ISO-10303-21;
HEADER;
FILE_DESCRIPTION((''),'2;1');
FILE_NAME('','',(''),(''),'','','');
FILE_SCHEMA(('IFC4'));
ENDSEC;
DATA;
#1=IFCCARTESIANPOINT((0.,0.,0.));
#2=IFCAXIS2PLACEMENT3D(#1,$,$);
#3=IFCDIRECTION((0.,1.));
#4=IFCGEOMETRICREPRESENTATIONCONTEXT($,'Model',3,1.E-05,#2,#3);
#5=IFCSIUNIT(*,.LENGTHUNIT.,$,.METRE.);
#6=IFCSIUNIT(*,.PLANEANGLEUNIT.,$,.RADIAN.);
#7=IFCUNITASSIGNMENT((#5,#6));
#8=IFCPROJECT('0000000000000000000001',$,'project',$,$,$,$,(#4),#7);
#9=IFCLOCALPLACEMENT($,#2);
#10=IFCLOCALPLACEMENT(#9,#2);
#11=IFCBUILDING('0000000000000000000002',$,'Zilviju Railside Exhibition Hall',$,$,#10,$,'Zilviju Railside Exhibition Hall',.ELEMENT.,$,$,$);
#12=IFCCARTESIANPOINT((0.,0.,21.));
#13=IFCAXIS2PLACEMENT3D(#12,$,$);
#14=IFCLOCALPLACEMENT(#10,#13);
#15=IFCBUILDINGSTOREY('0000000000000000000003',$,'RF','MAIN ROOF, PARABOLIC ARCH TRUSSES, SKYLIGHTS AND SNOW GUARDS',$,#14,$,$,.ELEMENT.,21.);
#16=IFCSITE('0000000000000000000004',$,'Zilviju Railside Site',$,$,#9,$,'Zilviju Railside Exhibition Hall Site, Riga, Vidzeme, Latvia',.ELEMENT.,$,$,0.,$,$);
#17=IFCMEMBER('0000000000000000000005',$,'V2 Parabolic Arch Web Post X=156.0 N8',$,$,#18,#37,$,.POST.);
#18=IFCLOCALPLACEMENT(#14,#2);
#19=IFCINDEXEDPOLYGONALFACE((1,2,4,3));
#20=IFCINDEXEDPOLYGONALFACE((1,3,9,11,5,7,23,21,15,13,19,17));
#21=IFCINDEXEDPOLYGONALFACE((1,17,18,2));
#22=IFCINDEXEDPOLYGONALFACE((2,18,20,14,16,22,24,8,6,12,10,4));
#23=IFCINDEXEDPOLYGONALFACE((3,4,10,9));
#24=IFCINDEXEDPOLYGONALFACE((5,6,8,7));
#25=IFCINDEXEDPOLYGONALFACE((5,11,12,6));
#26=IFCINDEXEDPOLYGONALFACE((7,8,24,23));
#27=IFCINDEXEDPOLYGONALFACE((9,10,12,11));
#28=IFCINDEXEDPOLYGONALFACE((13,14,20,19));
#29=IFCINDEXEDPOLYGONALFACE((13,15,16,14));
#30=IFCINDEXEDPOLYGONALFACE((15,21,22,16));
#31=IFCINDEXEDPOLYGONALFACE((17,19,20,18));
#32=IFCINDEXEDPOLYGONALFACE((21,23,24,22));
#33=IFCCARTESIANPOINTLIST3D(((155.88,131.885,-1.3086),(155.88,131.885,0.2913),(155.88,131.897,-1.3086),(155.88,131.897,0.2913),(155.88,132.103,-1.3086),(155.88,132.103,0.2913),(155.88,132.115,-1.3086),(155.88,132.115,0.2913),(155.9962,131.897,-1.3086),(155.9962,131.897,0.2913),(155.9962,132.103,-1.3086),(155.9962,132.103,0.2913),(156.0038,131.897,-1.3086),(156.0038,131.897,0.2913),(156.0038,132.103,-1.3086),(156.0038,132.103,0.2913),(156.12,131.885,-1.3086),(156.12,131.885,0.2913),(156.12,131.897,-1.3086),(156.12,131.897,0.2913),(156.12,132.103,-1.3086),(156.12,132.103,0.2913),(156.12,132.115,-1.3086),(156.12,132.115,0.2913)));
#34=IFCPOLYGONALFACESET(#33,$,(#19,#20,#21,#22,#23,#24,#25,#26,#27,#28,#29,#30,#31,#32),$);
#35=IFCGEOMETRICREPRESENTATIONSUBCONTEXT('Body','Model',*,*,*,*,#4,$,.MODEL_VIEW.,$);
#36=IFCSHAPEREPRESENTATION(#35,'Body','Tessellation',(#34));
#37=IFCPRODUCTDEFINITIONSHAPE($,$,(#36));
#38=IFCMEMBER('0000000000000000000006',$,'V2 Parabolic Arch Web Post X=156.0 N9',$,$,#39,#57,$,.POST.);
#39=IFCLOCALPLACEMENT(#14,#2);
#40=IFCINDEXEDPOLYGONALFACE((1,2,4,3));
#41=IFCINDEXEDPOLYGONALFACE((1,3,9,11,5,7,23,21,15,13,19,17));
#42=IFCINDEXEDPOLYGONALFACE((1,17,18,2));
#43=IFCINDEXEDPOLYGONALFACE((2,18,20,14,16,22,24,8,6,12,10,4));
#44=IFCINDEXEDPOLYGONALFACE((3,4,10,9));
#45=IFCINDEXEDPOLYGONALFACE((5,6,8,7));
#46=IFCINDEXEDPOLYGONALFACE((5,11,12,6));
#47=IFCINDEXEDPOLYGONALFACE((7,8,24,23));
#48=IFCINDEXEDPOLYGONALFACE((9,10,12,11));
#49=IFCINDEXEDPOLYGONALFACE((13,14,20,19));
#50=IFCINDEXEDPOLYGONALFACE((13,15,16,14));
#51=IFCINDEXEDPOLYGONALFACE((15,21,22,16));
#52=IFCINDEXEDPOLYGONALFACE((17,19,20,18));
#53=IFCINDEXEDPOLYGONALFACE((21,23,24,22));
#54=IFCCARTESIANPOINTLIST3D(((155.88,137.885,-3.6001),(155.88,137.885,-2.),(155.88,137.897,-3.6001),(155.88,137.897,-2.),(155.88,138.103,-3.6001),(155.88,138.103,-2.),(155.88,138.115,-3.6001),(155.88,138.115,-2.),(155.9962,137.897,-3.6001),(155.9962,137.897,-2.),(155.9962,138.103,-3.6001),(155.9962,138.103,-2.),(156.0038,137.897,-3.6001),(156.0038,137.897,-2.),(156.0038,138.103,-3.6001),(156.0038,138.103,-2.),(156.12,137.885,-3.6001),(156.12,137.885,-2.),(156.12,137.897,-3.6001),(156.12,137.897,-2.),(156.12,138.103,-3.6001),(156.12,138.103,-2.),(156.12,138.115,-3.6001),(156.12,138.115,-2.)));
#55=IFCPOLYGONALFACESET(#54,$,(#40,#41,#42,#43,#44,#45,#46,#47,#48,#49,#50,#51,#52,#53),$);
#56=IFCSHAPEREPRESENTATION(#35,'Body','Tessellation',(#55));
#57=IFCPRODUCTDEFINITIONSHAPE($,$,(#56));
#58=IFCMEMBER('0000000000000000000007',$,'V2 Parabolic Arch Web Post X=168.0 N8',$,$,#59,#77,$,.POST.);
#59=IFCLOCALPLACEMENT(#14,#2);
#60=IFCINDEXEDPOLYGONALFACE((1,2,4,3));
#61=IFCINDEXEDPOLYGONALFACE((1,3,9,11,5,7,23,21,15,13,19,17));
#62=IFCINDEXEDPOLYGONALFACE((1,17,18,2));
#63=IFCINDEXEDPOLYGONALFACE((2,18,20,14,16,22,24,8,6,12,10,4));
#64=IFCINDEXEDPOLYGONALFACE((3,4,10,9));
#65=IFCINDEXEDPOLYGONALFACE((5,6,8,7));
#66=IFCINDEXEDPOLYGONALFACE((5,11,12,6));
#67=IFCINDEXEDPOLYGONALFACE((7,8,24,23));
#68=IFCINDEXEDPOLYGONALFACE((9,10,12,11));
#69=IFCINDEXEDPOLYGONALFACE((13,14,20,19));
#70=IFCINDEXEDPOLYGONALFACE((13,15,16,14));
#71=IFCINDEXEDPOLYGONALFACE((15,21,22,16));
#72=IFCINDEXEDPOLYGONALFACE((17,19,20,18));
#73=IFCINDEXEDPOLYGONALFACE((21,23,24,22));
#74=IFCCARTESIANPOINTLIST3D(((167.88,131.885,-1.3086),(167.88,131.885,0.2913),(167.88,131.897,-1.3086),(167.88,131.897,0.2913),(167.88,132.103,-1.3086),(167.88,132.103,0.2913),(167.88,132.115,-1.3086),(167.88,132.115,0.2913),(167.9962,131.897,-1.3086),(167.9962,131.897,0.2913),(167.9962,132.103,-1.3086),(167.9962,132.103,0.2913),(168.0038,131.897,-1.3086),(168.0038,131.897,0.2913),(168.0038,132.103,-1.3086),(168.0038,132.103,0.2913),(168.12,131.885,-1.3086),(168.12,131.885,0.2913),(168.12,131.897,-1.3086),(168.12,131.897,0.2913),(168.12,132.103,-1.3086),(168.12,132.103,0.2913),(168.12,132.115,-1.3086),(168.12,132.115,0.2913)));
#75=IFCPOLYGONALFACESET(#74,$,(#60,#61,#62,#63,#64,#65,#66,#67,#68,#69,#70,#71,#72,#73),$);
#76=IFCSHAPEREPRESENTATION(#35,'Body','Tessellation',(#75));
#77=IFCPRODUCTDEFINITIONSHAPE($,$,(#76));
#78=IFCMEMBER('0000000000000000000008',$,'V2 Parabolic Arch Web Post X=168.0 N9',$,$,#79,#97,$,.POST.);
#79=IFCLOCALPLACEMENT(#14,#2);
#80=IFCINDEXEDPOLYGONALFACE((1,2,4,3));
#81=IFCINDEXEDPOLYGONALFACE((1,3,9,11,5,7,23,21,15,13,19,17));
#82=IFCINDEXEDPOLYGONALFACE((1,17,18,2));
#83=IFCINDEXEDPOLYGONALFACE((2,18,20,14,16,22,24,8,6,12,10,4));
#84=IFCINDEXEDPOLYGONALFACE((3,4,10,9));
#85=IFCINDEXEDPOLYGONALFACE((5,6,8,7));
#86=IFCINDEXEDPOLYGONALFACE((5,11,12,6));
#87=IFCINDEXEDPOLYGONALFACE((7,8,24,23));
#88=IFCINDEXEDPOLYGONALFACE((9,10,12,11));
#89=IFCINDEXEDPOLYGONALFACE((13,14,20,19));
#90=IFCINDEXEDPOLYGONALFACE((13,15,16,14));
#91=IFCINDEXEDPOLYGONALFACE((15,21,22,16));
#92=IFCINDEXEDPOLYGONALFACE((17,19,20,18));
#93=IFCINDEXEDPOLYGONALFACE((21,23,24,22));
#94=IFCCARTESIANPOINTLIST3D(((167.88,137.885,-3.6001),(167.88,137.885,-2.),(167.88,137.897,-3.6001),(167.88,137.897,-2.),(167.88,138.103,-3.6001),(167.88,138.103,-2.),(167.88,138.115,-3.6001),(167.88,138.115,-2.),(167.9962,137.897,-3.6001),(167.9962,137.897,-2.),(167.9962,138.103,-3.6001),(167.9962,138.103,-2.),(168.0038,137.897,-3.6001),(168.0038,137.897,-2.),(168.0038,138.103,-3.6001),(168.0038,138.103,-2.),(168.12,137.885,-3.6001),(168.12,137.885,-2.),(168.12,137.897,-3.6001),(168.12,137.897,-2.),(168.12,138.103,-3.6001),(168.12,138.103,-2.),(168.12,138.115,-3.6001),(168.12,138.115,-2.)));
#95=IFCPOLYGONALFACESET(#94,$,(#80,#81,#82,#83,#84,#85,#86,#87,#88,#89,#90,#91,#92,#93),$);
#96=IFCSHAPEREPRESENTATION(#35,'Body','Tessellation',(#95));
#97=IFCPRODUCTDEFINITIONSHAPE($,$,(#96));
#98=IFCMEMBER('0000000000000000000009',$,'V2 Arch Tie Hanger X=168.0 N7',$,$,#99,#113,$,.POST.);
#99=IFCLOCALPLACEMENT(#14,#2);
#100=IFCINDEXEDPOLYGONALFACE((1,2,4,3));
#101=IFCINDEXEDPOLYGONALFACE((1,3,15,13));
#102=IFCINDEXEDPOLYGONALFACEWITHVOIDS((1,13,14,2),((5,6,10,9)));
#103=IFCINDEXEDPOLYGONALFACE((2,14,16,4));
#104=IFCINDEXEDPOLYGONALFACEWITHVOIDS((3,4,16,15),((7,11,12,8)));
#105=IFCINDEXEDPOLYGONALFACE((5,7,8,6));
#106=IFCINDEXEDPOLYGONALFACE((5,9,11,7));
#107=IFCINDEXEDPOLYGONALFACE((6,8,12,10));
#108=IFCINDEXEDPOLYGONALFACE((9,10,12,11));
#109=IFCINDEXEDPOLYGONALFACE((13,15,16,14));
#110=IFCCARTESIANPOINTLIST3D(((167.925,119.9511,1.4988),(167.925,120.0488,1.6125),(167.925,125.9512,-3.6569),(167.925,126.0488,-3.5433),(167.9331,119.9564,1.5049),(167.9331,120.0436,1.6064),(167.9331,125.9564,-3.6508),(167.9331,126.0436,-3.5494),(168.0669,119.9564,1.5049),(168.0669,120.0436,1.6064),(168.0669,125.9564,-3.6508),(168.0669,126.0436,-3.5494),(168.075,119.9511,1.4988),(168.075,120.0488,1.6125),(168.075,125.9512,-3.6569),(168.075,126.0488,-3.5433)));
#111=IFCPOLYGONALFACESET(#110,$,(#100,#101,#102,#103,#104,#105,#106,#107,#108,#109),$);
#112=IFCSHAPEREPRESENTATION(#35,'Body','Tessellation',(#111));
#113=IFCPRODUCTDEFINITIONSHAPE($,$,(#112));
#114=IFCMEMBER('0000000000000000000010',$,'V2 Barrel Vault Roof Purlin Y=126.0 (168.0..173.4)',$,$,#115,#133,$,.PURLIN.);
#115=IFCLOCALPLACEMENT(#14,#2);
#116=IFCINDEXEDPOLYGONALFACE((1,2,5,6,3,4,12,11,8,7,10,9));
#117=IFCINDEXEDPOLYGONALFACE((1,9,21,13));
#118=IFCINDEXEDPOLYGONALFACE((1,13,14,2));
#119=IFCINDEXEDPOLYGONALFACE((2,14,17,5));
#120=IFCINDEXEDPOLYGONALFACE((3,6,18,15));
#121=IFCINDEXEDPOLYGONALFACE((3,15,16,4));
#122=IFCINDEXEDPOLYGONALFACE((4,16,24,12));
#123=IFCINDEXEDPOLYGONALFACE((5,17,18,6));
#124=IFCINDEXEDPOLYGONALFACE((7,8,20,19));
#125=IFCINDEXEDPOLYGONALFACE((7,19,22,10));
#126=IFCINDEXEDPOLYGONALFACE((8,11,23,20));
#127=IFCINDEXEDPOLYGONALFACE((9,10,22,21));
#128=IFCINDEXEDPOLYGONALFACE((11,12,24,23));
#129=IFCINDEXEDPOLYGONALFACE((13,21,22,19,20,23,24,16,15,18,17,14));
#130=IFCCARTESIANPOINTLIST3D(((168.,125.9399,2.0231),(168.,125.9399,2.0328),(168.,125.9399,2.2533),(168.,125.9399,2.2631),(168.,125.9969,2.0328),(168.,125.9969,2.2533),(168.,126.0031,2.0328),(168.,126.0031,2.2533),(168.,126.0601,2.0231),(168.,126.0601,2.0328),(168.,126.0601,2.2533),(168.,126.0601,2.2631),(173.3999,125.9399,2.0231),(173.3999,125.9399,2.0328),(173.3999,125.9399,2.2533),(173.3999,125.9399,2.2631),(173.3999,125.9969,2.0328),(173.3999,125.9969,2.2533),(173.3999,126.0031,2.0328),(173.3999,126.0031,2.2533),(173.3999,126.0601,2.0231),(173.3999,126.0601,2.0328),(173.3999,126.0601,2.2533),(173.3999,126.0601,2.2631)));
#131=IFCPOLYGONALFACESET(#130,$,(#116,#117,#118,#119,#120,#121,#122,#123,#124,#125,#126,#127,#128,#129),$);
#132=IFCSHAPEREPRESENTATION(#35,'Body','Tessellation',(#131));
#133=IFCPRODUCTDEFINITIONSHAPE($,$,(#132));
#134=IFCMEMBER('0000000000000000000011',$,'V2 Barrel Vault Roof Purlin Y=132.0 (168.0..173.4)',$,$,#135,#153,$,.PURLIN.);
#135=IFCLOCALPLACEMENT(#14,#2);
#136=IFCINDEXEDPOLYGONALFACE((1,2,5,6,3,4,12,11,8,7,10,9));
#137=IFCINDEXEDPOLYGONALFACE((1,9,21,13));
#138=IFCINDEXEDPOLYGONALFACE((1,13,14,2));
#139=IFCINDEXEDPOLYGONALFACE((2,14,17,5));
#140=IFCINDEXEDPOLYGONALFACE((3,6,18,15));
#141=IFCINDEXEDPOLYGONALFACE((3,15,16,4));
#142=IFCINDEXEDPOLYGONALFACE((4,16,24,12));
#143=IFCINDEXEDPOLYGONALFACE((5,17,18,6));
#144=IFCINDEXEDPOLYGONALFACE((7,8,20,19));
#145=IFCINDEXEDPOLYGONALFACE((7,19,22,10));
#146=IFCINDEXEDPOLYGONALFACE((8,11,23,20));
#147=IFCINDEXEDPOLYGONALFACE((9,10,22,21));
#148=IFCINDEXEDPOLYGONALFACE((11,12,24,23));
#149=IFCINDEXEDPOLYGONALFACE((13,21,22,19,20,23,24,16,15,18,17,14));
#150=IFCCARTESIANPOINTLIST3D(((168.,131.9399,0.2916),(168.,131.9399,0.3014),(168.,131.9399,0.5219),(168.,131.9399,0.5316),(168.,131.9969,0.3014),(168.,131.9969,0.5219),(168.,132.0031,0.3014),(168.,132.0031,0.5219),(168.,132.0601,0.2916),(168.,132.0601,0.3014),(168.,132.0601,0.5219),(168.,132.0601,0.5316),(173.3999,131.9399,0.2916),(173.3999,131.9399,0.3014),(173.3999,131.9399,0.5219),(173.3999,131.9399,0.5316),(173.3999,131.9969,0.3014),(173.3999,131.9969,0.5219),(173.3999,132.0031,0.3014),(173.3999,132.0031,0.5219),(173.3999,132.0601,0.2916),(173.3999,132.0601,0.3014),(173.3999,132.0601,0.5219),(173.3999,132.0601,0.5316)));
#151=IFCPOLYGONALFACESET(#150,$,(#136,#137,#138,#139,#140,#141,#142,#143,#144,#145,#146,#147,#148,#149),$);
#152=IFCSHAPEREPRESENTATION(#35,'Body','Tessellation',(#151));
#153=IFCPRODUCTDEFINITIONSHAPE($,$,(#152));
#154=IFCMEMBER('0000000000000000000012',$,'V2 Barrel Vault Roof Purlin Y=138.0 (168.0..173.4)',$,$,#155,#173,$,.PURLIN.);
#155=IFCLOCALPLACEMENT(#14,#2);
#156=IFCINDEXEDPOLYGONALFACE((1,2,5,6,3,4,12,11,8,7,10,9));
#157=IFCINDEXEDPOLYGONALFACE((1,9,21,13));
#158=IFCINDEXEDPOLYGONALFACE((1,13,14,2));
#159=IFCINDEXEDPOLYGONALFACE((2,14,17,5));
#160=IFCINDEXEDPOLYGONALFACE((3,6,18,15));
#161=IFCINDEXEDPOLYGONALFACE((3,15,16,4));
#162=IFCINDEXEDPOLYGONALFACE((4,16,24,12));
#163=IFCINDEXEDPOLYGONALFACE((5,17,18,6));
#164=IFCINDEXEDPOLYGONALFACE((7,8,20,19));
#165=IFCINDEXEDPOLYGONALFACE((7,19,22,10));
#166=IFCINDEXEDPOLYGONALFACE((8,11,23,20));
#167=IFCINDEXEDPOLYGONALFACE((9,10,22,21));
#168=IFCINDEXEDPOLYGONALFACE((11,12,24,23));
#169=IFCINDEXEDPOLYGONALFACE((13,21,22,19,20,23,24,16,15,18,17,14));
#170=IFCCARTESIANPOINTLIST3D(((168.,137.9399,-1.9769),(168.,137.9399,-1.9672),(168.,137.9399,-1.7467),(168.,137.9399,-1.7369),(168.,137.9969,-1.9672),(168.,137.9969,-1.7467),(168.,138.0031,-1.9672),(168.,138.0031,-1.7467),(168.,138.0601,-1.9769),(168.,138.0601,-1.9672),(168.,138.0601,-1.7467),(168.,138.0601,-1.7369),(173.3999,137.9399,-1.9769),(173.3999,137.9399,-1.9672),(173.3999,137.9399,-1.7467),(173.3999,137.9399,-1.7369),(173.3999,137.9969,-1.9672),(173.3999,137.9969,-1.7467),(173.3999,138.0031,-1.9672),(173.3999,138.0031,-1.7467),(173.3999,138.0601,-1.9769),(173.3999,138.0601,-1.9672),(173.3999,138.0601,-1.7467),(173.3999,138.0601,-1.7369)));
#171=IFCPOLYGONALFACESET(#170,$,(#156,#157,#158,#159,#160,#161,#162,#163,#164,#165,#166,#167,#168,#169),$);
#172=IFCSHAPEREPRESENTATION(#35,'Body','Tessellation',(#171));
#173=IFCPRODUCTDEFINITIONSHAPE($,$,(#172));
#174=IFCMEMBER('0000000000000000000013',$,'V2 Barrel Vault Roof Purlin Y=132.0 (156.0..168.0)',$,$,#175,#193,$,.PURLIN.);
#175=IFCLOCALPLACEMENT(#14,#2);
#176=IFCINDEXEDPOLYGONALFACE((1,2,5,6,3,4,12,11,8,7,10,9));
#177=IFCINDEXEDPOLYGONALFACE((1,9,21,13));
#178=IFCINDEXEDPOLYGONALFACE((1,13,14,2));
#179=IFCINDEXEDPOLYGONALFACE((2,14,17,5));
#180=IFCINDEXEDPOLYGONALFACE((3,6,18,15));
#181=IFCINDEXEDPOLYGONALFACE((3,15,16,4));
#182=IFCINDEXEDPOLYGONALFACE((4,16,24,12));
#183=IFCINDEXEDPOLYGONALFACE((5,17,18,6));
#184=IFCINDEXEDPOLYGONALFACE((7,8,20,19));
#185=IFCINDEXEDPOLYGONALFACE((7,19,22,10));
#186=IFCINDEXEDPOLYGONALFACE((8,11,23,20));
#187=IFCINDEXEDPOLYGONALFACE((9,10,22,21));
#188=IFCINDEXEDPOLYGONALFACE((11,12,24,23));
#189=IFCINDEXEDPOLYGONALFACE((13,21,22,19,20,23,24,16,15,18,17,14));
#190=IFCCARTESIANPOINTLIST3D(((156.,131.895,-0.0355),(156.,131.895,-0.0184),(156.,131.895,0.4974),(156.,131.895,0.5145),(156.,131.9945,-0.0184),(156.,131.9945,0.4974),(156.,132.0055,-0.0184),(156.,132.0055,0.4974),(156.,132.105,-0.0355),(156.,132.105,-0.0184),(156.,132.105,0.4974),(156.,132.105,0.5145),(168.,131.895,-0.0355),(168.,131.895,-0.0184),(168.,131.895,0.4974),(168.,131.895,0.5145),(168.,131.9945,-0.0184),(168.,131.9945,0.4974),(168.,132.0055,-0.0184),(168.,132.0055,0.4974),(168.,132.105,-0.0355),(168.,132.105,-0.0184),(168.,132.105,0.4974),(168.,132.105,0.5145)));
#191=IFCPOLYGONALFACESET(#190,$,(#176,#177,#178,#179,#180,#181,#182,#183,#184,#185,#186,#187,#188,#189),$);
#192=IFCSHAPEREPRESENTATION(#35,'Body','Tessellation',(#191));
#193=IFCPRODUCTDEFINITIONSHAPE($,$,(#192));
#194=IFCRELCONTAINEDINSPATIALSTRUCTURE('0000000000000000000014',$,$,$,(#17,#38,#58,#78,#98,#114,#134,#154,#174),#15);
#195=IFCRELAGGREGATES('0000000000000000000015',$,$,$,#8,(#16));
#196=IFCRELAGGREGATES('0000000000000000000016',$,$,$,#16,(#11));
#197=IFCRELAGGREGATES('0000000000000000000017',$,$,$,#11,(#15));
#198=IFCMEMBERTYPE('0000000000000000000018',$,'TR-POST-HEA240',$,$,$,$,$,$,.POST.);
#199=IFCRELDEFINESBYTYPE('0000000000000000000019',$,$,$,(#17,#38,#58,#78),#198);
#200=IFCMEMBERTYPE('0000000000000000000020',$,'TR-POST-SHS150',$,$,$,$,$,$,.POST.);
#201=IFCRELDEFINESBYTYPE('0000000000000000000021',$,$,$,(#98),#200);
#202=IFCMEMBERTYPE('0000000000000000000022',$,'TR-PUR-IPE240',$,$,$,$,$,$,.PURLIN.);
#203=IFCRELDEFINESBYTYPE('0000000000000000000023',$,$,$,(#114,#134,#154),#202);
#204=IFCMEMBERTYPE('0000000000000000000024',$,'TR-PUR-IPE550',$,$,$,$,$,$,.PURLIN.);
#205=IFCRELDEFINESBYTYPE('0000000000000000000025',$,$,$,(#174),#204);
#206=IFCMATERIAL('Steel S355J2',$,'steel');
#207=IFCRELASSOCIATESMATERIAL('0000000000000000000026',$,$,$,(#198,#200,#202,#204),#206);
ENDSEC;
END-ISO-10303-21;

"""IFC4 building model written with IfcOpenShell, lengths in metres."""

from ifc_helpers import new_model, si_unit, direction, frame, origin, origin_2d, place, context, subcontext, project, spatial, hollow_rectangle, i_section, extrude, material, material_profile, profile_set, type_object, element, save


model = new_model("IFC4")

# Units and contexts
model_context = context("Model", 3, precision=1e-05, world=origin(), true_north=direction((0.0, 1.0)))
body_context = subcontext(model_context, "Body", "Model", "MODEL_VIEW")
ifc_project = project(units=[si_unit("LENGTHUNIT", "METRE"), si_unit("PLANEANGLEUNIT", "RADIAN")], contexts=[model_context])

# Site, building, storey
site_placement = place(None, origin())
site = spatial("IfcSite", under=ifc_project, at=site_placement, Name="Zilviju Railside Site", LongName="Zilviju Railside Exhibition Hall Site, Riga, Vidzeme, Latvia", CompositionType="ELEMENT", RefElevation=0.0)
building_placement = place(site_placement, origin())
building = spatial("IfcBuilding", under=site, at=building_placement, Name="Zilviju Railside Exhibition Hall", LongName="Zilviju Railside Exhibition Hall", CompositionType="ELEMENT")
storey_placement = place(building_placement, frame((0.0, 0.0, 21.0)))
storey = spatial("IfcBuildingStorey", under=building, at=storey_placement, Name="RF", Description="MAIN ROOF, PARABOLIC ARCH TRUSSES, SKYLIGHTS AND SNOW GUARDS", CompositionType="ELEMENT", Elevation=21.0)

# Shared definitions
ifc_material_1 = material(Name="Steel S355J2", Category="steel")

# Members
ifc_material_profile_1 = material_profile(ifc_material_1, i_section(OverallWidth=0.24, OverallDepth=0.23, WebThickness=0.0076, FlangeThickness=0.012, at=origin_2d()), Name="HEA 240")
ifc_profile_set_1 = profile_set([ifc_material_profile_1], Name="Steel S355J2")
member_type_1 = type_object("IfcMemberType", Name="TR-POST-HEA240", PredefinedType="POST", material=ifc_profile_set_1)
member_1_placement = place(storey_placement, frame((156.0, 132.0, -1.3086), z_axis=(0.0, 0.0, 1.0), x_axis=(1.0, 0.0, 0.0)))
element("IfcMember", 1, at=member_1_placement, inside=storey, type_object=member_type_1, Name="V2 Parabolic Arch Web Post X=156.0 N8", PredefinedType="POST", context=body_context, shape_type="SweptSolid", body=[
    extrude(i_section(OverallWidth=0.24, OverallDepth=0.23, WebThickness=0.0076, FlangeThickness=0.012, at=origin_2d()), origin(), (0.0, 0.0, 1.0), 1.5999),
])
member_2_placement = place(storey_placement, frame((156.0, 138.0, -3.6001), z_axis=(0.0, 0.0, 1.0), x_axis=(1.0, 0.0, 0.0)))
element("IfcMember", 2, at=member_2_placement, inside=storey, type_object=member_type_1, Name="V2 Parabolic Arch Web Post X=156.0 N9", PredefinedType="POST", context=body_context, shape_type="SweptSolid", body=[
    extrude(i_section(OverallWidth=0.24, OverallDepth=0.23, WebThickness=0.0076, FlangeThickness=0.012, at=origin_2d()), origin(), (0.0, 0.0, 1.0), 1.6001),
])
member_3_placement = place(storey_placement, frame((168.0, 132.0, -1.3086), z_axis=(0.0, 0.0, 1.0), x_axis=(1.0, 0.0, 0.0)))
element("IfcMember", 3, at=member_3_placement, inside=storey, type_object=member_type_1, Name="V2 Parabolic Arch Web Post X=168.0 N8", PredefinedType="POST", context=body_context, shape_type="SweptSolid", body=[
    extrude(i_section(OverallWidth=0.24, OverallDepth=0.23, WebThickness=0.0076, FlangeThickness=0.012, at=origin_2d()), origin(), (0.0, 0.0, 1.0), 1.5999),
])
member_4_placement = place(storey_placement, frame((168.0, 138.0, -3.6001), z_axis=(0.0, 0.0, 1.0), x_axis=(1.0, 0.0, 0.0)))
element("IfcMember", 4, at=member_4_placement, inside=storey, type_object=member_type_1, Name="V2 Parabolic Arch Web Post X=168.0 N9", PredefinedType="POST", context=body_context, shape_type="SweptSolid", body=[
    extrude(i_section(OverallWidth=0.24, OverallDepth=0.23, WebThickness=0.0076, FlangeThickness=0.012, at=origin_2d()), origin(), (0.0, 0.0, 1.0), 1.6001),
])
ifc_material_profile_2 = material_profile(ifc_material_1, hollow_rectangle(XDim=0.1499, YDim=0.1499, WallThickness=0.0081, at=origin_2d()), Name="SHS 150x150x8.0")
ifc_profile_set_2 = profile_set([ifc_material_profile_2], Name="Steel S355J2")
member_type_2 = type_object("IfcMemberType", Name="TR-POST-SHS150", PredefinedType="POST", material=ifc_profile_set_2)
member_5_placement = place(storey_placement, frame((168.0, 126.0, -3.6001), z_axis=(0.0, -0.75845, 0.651731), x_axis=(1.0, 0.0, 0.0)))
element("IfcMember", 5, at=member_5_placement, inside=storey, type_object=member_type_2, Name="V2 Arch Tie Hanger X=168.0 N7", PredefinedType="POST", context=body_context, shape_type="SweptSolid", body=[
    extrude(hollow_rectangle(XDim=0.1499, YDim=0.1499, WallThickness=0.0081, at=origin_2d()), origin(), (0.0, 0.0, 1.0), 7.9109),
])
ifc_material_profile_3 = material_profile(ifc_material_1, i_section(OverallWidth=0.1201, OverallDepth=0.24, WebThickness=0.0061, FlangeThickness=0.0098, at=origin_2d()), Name="IPE 240")
ifc_profile_set_3 = profile_set([ifc_material_profile_3], Name="Steel S355J2")
member_type_3 = type_object("IfcMemberType", Name="TR-PUR-IPE240", PredefinedType="PURLIN", material=ifc_profile_set_3)
for number, where, z_axis, x_axis, name in (
    (6, (168.0, 126.0, 2.1431), (1.0, 0.0, 0.0), (0.0, 1.0, 0.0), "V2 Barrel Vault Roof Purlin Y=126.0 (168.0..173.4)"),
    (7, (168.0, 132.0, 0.4116), (1.0, 0.0, 0.0), (0.0, 1.0, 0.0), "V2 Barrel Vault Roof Purlin Y=132.0 (168.0..173.4)"),
    (8, (168.0, 138.0, -1.8569), (1.0, 0.0, 0.0), (0.0, 1.0, 0.0), "V2 Barrel Vault Roof Purlin Y=138.0 (168.0..173.4)"),
):
    element("IfcMember", number, at=place(storey_placement, frame(where, z_axis=z_axis, x_axis=x_axis)), inside=storey, type_object=member_type_3, Name=name, PredefinedType="PURLIN", context=body_context, shape_type="SweptSolid", body=[
        extrude(i_section(OverallWidth=0.1201, OverallDepth=0.24, WebThickness=0.0061, FlangeThickness=0.0098, at=origin_2d()), origin(), (0.0, 0.0, 1.0), 5.3999),
    ])
ifc_material_profile_4 = material_profile(ifc_material_1, i_section(OverallWidth=0.21, OverallDepth=0.55, WebThickness=0.011, FlangeThickness=0.0171, at=origin_2d()), Name="IPE 550")
ifc_profile_set_4 = profile_set([ifc_material_profile_4], Name="Steel S355J2")
member_type_4 = type_object("IfcMemberType", Name="TR-PUR-IPE550", PredefinedType="PURLIN", material=ifc_profile_set_4)
for number, where, z_axis, x_axis, name in (
    (9, (156.0, 132.0, 0.2395), (1.0, 0.0, 0.0), (0.0, 1.0, 0.0), "V2 Barrel Vault Roof Purlin Y=132.0 (156.0..168.0)"),
):
    element("IfcMember", number, at=place(storey_placement, frame(where, z_axis=z_axis, x_axis=x_axis)), inside=storey, type_object=member_type_4, Name=name, PredefinedType="PURLIN", context=body_context, shape_type="SweptSolid", body=[
        extrude(i_section(OverallWidth=0.21, OverallDepth=0.55, WebThickness=0.011, FlangeThickness=0.0171, at=origin_2d()), origin(), (0.0, 0.0, 1.0), 12.0),
    ])

save(model, "model.ifc")
